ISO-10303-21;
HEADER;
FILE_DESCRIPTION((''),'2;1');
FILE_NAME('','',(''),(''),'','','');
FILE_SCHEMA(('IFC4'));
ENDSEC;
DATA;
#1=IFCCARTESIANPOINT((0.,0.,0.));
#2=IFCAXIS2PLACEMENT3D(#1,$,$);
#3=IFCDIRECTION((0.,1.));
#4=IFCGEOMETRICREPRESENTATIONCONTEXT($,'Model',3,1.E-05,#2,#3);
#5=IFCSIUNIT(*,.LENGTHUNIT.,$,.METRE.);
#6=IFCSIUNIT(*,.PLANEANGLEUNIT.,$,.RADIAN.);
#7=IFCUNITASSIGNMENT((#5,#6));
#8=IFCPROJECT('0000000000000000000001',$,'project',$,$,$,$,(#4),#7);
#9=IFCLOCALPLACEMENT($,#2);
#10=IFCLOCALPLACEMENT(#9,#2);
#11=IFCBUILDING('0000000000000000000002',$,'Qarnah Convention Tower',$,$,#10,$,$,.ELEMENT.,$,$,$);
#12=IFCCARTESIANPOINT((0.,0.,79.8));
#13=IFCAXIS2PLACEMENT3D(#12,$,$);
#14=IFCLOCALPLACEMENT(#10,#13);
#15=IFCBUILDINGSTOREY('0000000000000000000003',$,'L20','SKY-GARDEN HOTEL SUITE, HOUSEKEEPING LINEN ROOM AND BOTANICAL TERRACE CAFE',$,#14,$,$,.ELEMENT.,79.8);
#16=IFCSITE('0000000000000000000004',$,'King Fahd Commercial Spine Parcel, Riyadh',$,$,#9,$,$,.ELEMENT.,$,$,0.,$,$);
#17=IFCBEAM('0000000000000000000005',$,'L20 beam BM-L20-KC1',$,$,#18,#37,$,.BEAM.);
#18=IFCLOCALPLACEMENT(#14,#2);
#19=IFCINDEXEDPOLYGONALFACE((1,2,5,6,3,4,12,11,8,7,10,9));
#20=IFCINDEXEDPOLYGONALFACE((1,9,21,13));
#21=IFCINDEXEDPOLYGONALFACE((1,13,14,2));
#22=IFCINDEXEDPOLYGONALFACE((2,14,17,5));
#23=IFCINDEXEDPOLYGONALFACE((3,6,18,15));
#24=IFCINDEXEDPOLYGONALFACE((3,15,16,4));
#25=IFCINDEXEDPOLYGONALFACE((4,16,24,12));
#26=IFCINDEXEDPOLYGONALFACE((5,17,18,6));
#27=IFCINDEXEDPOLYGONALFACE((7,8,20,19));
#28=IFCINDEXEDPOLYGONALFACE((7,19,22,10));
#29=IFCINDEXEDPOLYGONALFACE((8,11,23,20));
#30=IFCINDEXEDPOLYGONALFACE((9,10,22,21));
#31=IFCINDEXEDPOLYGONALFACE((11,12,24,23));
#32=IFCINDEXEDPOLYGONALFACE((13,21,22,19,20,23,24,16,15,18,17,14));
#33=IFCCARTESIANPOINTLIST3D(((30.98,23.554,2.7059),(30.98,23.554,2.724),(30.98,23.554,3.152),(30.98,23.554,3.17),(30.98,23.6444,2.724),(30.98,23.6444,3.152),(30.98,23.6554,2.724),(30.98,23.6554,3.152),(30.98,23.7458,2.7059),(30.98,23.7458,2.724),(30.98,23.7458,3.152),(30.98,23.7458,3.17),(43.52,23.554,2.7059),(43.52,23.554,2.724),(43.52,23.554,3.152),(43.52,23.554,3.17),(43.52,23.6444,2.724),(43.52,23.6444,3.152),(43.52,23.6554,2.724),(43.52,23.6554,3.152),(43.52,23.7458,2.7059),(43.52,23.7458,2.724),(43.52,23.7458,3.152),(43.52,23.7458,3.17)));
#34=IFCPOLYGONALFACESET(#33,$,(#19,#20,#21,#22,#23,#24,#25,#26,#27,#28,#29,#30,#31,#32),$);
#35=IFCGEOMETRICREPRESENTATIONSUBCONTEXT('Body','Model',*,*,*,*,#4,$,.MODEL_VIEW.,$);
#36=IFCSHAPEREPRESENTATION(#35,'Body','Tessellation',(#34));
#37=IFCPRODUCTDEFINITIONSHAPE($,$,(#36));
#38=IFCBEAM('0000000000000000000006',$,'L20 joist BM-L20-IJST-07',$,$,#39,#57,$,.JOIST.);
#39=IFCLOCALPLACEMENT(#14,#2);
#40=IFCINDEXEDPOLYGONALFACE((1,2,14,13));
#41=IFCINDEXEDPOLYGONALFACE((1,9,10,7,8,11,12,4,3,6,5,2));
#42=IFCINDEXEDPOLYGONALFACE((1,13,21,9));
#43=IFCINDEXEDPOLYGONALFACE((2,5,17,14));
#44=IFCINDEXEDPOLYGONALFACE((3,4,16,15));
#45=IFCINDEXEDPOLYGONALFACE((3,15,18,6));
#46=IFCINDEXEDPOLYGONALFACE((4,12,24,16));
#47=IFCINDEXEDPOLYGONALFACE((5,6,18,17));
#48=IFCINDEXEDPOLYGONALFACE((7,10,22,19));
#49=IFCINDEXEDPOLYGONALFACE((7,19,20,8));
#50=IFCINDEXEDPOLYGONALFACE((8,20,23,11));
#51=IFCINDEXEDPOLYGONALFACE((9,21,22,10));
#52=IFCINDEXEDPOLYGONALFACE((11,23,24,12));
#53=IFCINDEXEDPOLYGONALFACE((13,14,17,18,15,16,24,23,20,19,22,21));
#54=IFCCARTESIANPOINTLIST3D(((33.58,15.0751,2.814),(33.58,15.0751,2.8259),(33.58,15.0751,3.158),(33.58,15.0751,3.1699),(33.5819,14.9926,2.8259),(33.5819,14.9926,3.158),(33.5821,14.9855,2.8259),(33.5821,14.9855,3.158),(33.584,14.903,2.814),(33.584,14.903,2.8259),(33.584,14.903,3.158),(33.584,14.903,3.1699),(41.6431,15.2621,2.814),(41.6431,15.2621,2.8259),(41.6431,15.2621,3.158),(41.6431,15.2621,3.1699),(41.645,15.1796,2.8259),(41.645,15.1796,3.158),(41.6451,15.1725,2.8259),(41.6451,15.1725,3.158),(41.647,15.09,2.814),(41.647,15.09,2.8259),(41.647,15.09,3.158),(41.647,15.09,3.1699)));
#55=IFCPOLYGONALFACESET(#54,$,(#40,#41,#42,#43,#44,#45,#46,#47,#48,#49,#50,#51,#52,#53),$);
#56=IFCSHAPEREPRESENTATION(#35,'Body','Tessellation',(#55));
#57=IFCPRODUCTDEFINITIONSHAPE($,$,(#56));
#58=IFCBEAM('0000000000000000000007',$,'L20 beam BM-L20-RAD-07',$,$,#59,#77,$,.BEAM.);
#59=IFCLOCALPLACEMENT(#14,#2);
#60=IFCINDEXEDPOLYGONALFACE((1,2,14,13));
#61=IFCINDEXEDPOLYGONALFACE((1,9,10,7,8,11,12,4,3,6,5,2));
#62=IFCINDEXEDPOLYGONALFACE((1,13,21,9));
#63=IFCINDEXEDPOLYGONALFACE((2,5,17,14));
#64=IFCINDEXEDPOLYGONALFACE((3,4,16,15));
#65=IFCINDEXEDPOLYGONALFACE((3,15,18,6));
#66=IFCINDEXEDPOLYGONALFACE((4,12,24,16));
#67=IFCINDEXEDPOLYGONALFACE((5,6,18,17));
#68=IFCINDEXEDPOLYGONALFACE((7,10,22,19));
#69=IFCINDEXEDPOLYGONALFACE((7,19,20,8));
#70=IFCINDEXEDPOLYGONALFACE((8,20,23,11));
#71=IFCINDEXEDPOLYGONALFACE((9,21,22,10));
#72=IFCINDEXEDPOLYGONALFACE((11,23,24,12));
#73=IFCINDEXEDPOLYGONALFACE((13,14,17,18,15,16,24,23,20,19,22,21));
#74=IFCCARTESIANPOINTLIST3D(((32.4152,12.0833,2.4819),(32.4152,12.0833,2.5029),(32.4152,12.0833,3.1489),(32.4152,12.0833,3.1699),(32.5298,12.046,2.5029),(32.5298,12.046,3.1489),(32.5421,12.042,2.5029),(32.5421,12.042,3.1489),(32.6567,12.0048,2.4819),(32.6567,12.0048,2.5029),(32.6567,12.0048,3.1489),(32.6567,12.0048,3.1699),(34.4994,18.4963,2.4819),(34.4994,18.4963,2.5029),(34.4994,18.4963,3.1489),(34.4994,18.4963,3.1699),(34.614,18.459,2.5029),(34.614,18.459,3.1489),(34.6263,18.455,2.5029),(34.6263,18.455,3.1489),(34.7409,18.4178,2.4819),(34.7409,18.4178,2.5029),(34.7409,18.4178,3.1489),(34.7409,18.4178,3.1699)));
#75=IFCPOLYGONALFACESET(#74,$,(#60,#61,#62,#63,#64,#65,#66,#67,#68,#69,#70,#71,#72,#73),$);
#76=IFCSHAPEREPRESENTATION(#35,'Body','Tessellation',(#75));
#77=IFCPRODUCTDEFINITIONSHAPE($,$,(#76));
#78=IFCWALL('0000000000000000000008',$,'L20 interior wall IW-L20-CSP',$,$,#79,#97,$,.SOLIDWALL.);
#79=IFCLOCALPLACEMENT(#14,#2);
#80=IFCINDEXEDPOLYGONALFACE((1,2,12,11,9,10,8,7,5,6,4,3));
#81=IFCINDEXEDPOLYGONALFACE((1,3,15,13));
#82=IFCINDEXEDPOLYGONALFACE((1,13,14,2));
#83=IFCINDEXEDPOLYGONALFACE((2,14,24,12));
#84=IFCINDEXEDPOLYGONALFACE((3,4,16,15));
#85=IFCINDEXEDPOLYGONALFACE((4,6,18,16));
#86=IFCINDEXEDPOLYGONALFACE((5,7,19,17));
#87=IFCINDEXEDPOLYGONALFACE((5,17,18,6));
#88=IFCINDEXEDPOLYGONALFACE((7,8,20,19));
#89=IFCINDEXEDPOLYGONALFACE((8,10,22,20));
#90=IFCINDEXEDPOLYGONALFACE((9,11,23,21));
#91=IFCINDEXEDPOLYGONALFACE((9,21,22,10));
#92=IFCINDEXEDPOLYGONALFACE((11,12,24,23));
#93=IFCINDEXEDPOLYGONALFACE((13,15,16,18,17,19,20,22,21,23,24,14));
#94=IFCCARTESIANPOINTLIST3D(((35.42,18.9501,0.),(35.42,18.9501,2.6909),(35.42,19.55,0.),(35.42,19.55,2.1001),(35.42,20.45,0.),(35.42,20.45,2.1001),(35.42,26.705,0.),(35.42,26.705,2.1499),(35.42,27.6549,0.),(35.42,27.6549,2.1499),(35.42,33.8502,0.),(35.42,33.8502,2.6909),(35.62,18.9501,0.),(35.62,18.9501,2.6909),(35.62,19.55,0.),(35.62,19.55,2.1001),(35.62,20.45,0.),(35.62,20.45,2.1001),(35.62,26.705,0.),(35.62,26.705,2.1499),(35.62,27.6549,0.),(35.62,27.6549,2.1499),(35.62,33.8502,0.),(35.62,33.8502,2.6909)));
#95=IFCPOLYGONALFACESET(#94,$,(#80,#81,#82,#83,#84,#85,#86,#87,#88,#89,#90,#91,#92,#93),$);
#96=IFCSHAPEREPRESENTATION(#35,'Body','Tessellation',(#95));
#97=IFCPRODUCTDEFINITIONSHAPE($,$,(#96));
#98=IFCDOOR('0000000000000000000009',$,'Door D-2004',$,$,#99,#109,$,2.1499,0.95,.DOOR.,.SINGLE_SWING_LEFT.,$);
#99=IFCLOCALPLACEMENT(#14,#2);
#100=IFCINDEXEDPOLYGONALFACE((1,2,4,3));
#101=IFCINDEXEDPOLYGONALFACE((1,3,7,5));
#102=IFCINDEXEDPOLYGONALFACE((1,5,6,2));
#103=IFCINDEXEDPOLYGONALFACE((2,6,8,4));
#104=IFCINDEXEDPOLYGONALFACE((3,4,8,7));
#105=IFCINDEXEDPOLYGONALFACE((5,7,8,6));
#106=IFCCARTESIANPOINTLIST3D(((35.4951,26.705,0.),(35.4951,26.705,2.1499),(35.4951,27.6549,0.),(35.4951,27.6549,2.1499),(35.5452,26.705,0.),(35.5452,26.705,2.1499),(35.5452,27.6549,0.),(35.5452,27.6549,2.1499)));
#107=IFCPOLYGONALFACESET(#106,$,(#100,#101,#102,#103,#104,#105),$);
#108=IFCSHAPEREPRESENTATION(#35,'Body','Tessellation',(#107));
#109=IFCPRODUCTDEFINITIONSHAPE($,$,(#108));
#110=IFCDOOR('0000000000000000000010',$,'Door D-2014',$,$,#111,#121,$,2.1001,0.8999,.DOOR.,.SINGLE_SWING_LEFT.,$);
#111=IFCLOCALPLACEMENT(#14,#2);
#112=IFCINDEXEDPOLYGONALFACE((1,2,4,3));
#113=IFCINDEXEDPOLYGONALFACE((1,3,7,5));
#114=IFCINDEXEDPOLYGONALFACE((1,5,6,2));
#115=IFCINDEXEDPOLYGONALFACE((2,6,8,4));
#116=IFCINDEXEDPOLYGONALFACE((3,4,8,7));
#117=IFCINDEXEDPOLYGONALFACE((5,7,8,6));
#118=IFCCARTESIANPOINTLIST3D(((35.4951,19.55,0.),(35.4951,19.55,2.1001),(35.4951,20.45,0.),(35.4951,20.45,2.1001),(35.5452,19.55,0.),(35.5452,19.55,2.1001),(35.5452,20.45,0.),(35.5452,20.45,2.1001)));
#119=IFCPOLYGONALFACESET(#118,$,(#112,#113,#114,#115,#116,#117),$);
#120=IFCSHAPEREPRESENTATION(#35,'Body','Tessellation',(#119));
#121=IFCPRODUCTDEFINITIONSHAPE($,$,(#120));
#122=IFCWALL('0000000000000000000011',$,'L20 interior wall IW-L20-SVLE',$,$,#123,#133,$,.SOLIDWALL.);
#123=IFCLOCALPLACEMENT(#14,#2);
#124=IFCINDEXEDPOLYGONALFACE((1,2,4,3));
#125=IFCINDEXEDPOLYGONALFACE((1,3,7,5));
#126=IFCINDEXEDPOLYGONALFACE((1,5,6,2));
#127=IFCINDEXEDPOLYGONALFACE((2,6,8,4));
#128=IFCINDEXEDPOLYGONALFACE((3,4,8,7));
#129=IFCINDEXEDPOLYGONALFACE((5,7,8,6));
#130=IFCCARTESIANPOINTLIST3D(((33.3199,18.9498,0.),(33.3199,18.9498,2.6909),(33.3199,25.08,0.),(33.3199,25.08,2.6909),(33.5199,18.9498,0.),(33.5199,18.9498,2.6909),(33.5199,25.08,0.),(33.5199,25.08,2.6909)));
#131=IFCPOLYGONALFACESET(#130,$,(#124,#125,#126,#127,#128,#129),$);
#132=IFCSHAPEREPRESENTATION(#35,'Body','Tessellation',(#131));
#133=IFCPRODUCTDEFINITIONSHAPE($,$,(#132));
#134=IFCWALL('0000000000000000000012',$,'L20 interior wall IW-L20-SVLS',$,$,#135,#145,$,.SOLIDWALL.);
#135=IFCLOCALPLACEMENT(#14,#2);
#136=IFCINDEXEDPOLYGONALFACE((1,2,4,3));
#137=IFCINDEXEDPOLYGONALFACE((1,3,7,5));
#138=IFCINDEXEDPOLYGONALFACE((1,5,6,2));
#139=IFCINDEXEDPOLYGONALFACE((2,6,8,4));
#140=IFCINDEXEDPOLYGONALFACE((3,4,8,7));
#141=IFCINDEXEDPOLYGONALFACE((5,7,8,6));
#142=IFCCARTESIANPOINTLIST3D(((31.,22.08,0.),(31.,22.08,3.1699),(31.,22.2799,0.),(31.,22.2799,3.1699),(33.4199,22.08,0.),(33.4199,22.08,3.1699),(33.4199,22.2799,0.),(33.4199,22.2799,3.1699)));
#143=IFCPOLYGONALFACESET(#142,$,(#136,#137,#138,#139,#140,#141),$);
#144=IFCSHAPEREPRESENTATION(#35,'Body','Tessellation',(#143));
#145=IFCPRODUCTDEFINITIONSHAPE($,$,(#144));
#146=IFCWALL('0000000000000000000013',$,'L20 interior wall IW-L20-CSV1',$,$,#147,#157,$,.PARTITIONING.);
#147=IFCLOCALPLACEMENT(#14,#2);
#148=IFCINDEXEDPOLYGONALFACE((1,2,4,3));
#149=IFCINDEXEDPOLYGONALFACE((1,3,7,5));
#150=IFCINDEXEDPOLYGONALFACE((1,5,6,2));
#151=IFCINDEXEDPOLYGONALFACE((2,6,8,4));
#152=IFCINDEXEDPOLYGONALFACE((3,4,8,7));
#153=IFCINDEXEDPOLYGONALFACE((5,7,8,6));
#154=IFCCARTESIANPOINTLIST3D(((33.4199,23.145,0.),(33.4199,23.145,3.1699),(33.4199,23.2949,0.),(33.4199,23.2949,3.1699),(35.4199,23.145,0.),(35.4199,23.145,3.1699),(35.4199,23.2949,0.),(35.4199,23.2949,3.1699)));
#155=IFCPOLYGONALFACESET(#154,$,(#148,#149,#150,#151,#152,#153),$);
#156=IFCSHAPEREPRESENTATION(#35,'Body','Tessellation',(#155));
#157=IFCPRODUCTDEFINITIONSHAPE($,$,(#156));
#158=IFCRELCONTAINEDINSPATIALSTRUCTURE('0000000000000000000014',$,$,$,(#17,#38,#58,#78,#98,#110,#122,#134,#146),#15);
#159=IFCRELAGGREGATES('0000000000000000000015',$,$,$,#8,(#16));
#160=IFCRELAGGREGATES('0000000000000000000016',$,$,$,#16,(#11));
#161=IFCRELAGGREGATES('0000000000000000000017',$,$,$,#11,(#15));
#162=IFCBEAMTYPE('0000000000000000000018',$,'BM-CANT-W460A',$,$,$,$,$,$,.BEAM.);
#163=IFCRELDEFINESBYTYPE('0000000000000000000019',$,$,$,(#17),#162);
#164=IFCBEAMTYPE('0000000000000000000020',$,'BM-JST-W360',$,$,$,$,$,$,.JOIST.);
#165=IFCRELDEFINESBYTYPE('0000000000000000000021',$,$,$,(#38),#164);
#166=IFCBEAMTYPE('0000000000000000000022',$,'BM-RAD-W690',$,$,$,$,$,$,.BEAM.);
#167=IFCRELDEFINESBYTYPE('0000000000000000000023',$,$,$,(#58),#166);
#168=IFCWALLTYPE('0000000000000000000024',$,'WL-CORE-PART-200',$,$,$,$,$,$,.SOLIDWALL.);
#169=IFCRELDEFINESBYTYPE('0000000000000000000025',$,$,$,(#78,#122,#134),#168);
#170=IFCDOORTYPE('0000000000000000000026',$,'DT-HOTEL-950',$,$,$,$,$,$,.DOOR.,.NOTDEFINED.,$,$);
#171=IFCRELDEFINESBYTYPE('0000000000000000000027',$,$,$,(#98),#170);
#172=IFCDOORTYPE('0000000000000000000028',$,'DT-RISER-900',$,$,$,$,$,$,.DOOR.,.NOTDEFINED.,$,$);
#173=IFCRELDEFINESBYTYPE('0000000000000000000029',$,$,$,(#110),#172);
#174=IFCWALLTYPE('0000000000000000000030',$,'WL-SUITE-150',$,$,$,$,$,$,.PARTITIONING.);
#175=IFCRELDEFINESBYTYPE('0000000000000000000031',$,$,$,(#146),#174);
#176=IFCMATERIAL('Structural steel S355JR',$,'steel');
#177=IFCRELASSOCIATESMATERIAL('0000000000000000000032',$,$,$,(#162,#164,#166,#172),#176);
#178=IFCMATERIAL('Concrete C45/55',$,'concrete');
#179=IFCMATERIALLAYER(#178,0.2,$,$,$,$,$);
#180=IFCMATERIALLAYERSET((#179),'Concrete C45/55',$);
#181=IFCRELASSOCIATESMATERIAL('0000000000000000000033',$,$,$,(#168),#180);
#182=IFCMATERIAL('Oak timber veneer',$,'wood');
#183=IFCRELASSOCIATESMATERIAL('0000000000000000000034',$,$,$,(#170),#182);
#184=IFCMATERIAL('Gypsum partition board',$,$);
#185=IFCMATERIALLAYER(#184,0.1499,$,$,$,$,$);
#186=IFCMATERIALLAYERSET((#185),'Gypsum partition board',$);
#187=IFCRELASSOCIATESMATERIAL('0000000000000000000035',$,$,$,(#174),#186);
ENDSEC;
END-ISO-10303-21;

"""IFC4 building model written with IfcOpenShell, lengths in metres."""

from ifc_helpers import new_model, si_unit, direction, frame, frame_2d, origin, origin_2d, place, context, subcontext, project, spatial, rectangle, i_section, extrude, material, layer, layer_set, material_profile, profile_set, type_object, element, fill, save


model = new_model("IFC4")

# Units and contexts
model_context = context("Model", 3, precision=1e-05, world=origin(), true_north=direction((0.0, 1.0)))
body_context = subcontext(model_context, "Body", "Model", "MODEL_VIEW")
ifc_project = project(units=[si_unit("LENGTHUNIT", "METRE"), si_unit("PLANEANGLEUNIT", "RADIAN")], contexts=[model_context])

# Site, building, storey
site_placement = place(None, origin())
site = spatial("IfcSite", under=ifc_project, at=site_placement, Name="King Fahd Commercial Spine Parcel, Riyadh", CompositionType="ELEMENT", RefElevation=0.0)
building_placement = place(site_placement, origin())
building = spatial("IfcBuilding", under=site, at=building_placement, Name="Qarnah Convention Tower", CompositionType="ELEMENT")
storey_placement = place(building_placement, frame((0.0, 0.0, 79.8)))
storey = spatial("IfcBuildingStorey", under=building, at=storey_placement, Name="L20", Description="SKY-GARDEN HOTEL SUITE, HOUSEKEEPING LINEN ROOM AND BOTANICAL TERRACE CAFE", CompositionType="ELEMENT", Elevation=79.8)

# Beams
ifc_material_1 = material(Name="Structural steel S355JR", Category="steel")
ifc_material_profile_1 = material_profile(ifc_material_1, i_section(OverallWidth=0.1919, OverallDepth=0.4641, WebThickness=0.011, FlangeThickness=0.0181, at=origin_2d()), Name="W460X89")
ifc_profile_set_1 = profile_set([ifc_material_profile_1], Name="Structural steel S355JR")
beam_type_1 = type_object("IfcBeamType", Name="BM-CANT-W460A", PredefinedType="BEAM", material=ifc_profile_set_1)
beam_1_placement = place(storey_placement, frame((30.98, 23.6499, 2.938), z_axis=(1.0, 0.0, 0.0), x_axis=(0.0, 1.0, 0.0)))
element("IfcBeam", 1, at=beam_1_placement, inside=storey, type_object=beam_type_1, Name="L20 beam BM-L20-KC1", PredefinedType="BEAM", context=body_context, shape_type="SweptSolid", body=[
    extrude(i_section(OverallWidth=0.1919, OverallDepth=0.4641, WebThickness=0.011, FlangeThickness=0.0181, at=origin_2d()), origin(), (0.0, 0.0, 1.0), 12.54),
])
ifc_material_profile_2 = material_profile(ifc_material_1, i_section(OverallWidth=0.1721, OverallDepth=0.356, WebThickness=0.0071, FlangeThickness=0.012, at=origin_2d()), Name="W360X51")
ifc_profile_set_2 = profile_set([ifc_material_profile_2], Name="Structural steel S355JR")
beam_type_2 = type_object("IfcBeamType", Name="BM-JST-W360", PredefinedType="JOIST", material=ifc_profile_set_2)
beam_2_placement = place(storey_placement, frame((33.582, 14.989, 2.9919), z_axis=(0.999731, 0.023188, 0.0), x_axis=(-0.023188, 0.999731, 0.0)))
element("IfcBeam", 2, at=beam_2_placement, inside=storey, type_object=beam_type_2, Name="L20 joist BM-L20-IJST-07", PredefinedType="JOIST", context=body_context, shape_type="SweptSolid", body=[
    extrude(i_section(OverallWidth=0.1721, OverallDepth=0.356, WebThickness=0.0071, FlangeThickness=0.012, at=origin_2d()), origin(), (0.0, 0.0, 1.0), 8.0652),
])
ifc_material_profile_3 = material_profile(ifc_material_1, i_section(OverallWidth=0.2539, OverallDepth=0.688, WebThickness=0.0129, FlangeThickness=0.021, at=origin_2d()), Name="W690X152")
ifc_profile_set_3 = profile_set([ifc_material_profile_3], Name="Structural steel S355JR")
beam_type_3 = type_object("IfcBeamType", Name="BM-RAD-W690", PredefinedType="BEAM", material=ifc_profile_set_3)
beam_3_placement = place(storey_placement, frame((34.6201, 18.457, 2.8259), z_axis=(-0.309083, -0.951035, 0.0), x_axis=(0.951035, -0.309083, 0.0)))
element("IfcBeam", 3, at=beam_3_placement, inside=storey, type_object=beam_type_3, Name="L20 beam BM-L20-RAD-07", PredefinedType="BEAM", context=body_context, shape_type="SweptSolid", body=[
    extrude(i_section(OverallWidth=0.2539, OverallDepth=0.688, WebThickness=0.0129, FlangeThickness=0.021, at=origin_2d()), origin(), (0.0, 0.0, 1.0), 6.7432),
])

# Wall, openings, doors
door_type_1 = type_object("IfcDoorType", Name="DT-RISER-900", OperationType="NOTDEFINED", PredefinedType="DOOR", material=ifc_material_1)
ifc_material_2 = material(Name="Concrete C45/55", Category="concrete")
ifc_layer_1 = layer(ifc_material_2, 0.2)
ifc_layer_set_1 = layer_set([ifc_layer_1], Name="Concrete C45/55")
wall_type_1 = type_object("IfcWallType", Name="WL-CORE-PART-200", PredefinedType="SOLIDWALL", material=ifc_layer_set_1)
wall_1_placement = place(storey_placement, frame((35.52, 18.95, 0.0), z_axis=(0.0, 0.0, 1.0), x_axis=(0.0, 1.0, 0.0)))
wall_1 = element("IfcWall", 4, at=wall_1_placement, inside=storey, type_object=wall_type_1, Name="L20 interior wall IW-L20-CSP", PredefinedType="SOLIDWALL", context=body_context, shape_type="SweptSolid", body=[
    extrude(rectangle(XDim=14.9001, YDim=0.2, at=frame_2d((7.4502, 0.0))), origin(), (0.0, 0.0, 1.0), 2.6909),
])
opening_1_placement = place(wall_1_placement, frame((7.7549, 0.0, 0.0)))
opening_1 = element("IfcOpeningElement", 5, at=opening_1_placement, cuts=wall_1, PredefinedType="OPENING", context=body_context, shape_type="SweptSolid", body=[
    extrude(rectangle(XDim=0.95, YDim=2.1499, at=frame_2d((0.4751, 1.075))), frame((0.0, 0.1099, 0.0), z_axis=(0.0, -1.0, 0.0), x_axis=(1.0, 0.0, 0.0)), (0.0, 0.0, 1.0), 0.22),
])
opening_2_placement = place(wall_1_placement, frame((0.6001, 0.0, 0.0)))
opening_2 = element("IfcOpeningElement", 6, at=opening_2_placement, cuts=wall_1, PredefinedType="OPENING", context=body_context, shape_type="SweptSolid", body=[
    extrude(rectangle(XDim=0.8999, YDim=2.1001, at=frame_2d((0.45, 1.05))), frame((0.0, 0.1099, 0.0), z_axis=(0.0, -1.0, 0.0), x_axis=(1.0, 0.0, 0.0)), (0.0, 0.0, 1.0), 0.22),
])
ifc_material_3 = material(Name="Oak timber veneer", Category="wood")
door_type_2 = type_object("IfcDoorType", Name="DT-HOTEL-950", OperationType="NOTDEFINED", PredefinedType="DOOR", material=ifc_material_3)
door_1_placement = place(opening_1_placement, origin())
door_1 = element("IfcDoor", 7, at=door_1_placement, inside=storey, type_object=door_type_2, Name="Door D-2004", OperationType="SINGLE_SWING_LEFT", OverallHeight=2.1499, OverallWidth=0.95, PredefinedType="DOOR", context=body_context, shape_type="SweptSolid", body=[
    extrude(rectangle(XDim=0.95, YDim=2.1499, at=frame_2d((0.4751, 1.075))), frame((0.0, 0.0249, 0.0), z_axis=(0.0, -1.0, 0.0), x_axis=(1.0, 0.0, 0.0)), (0.0, 0.0, 1.0), 0.05),
])
fill(opening_1, door_1)
door_2_placement = place(opening_2_placement, origin())
door_2 = element("IfcDoor", 8, at=door_2_placement, inside=storey, type_object=door_type_1, Name="Door D-2014", OperationType="SINGLE_SWING_LEFT", OverallHeight=2.1001, OverallWidth=0.8999, PredefinedType="DOOR", context=body_context, shape_type="SweptSolid", body=[
    extrude(rectangle(XDim=0.8999, YDim=2.1001, at=frame_2d((0.45, 1.05))), frame((0.0, 0.0249, 0.0), z_axis=(0.0, -1.0, 0.0), x_axis=(1.0, 0.0, 0.0)), (0.0, 0.0, 1.0), 0.05),
])
fill(opening_2, door_2)

# Walls
wall_2_placement = place(storey_placement, frame((33.4199, 18.95, 0.0), z_axis=(0.0, 0.0, 1.0), x_axis=(0.0, 1.0, 0.0)))
element("IfcWall", 9, at=wall_2_placement, inside=storey, type_object=wall_type_1, Name="L20 interior wall IW-L20-SVLE", PredefinedType="SOLIDWALL", context=body_context, shape_type="SweptSolid", body=[
    extrude(rectangle(XDim=6.1301, YDim=0.2, at=frame_2d((3.0649, 0.0))), origin(), (0.0, 0.0, 1.0), 2.6909),
])
wall_3_placement = place(storey_placement, frame((31.0, 22.1799, 0.0), z_axis=(0.0, 0.0, 1.0), x_axis=(1.0, 0.0, 0.0)))
element("IfcWall", 10, at=wall_3_placement, inside=storey, type_object=wall_type_1, Name="L20 interior wall IW-L20-SVLS", PredefinedType="SOLIDWALL", context=body_context, shape_type="SweptSolid", body=[
    extrude(rectangle(XDim=2.4199, YDim=0.2, at=frame_2d((1.21, 0.0))), origin(), (0.0, 0.0, 1.0), 3.1699),
])

# Wall
ifc_material_4 = material(Name="Gypsum partition board")
ifc_layer_2 = layer(ifc_material_4, 0.1499)
ifc_layer_set_2 = layer_set([ifc_layer_2], Name="Gypsum partition board")
wall_type_2 = type_object("IfcWallType", Name="WL-SUITE-150", PredefinedType="PARTITIONING", material=ifc_layer_set_2)
wall_4_placement = place(storey_placement, frame((33.4199, 23.22, 0.0), z_axis=(0.0, 0.0, 1.0), x_axis=(1.0, 0.0, 0.0)))
element("IfcWall", 11, at=wall_4_placement, inside=storey, type_object=wall_type_2, Name="L20 interior wall IW-L20-CSV1", PredefinedType="PARTITIONING", context=body_context, shape_type="SweptSolid", body=[
    extrude(rectangle(XDim=2.0, YDim=0.1499, at=frame_2d((1.0, 0.0))), origin(), (0.0, 0.0, 1.0), 3.1699),
])

save(model, "model.ifc")
